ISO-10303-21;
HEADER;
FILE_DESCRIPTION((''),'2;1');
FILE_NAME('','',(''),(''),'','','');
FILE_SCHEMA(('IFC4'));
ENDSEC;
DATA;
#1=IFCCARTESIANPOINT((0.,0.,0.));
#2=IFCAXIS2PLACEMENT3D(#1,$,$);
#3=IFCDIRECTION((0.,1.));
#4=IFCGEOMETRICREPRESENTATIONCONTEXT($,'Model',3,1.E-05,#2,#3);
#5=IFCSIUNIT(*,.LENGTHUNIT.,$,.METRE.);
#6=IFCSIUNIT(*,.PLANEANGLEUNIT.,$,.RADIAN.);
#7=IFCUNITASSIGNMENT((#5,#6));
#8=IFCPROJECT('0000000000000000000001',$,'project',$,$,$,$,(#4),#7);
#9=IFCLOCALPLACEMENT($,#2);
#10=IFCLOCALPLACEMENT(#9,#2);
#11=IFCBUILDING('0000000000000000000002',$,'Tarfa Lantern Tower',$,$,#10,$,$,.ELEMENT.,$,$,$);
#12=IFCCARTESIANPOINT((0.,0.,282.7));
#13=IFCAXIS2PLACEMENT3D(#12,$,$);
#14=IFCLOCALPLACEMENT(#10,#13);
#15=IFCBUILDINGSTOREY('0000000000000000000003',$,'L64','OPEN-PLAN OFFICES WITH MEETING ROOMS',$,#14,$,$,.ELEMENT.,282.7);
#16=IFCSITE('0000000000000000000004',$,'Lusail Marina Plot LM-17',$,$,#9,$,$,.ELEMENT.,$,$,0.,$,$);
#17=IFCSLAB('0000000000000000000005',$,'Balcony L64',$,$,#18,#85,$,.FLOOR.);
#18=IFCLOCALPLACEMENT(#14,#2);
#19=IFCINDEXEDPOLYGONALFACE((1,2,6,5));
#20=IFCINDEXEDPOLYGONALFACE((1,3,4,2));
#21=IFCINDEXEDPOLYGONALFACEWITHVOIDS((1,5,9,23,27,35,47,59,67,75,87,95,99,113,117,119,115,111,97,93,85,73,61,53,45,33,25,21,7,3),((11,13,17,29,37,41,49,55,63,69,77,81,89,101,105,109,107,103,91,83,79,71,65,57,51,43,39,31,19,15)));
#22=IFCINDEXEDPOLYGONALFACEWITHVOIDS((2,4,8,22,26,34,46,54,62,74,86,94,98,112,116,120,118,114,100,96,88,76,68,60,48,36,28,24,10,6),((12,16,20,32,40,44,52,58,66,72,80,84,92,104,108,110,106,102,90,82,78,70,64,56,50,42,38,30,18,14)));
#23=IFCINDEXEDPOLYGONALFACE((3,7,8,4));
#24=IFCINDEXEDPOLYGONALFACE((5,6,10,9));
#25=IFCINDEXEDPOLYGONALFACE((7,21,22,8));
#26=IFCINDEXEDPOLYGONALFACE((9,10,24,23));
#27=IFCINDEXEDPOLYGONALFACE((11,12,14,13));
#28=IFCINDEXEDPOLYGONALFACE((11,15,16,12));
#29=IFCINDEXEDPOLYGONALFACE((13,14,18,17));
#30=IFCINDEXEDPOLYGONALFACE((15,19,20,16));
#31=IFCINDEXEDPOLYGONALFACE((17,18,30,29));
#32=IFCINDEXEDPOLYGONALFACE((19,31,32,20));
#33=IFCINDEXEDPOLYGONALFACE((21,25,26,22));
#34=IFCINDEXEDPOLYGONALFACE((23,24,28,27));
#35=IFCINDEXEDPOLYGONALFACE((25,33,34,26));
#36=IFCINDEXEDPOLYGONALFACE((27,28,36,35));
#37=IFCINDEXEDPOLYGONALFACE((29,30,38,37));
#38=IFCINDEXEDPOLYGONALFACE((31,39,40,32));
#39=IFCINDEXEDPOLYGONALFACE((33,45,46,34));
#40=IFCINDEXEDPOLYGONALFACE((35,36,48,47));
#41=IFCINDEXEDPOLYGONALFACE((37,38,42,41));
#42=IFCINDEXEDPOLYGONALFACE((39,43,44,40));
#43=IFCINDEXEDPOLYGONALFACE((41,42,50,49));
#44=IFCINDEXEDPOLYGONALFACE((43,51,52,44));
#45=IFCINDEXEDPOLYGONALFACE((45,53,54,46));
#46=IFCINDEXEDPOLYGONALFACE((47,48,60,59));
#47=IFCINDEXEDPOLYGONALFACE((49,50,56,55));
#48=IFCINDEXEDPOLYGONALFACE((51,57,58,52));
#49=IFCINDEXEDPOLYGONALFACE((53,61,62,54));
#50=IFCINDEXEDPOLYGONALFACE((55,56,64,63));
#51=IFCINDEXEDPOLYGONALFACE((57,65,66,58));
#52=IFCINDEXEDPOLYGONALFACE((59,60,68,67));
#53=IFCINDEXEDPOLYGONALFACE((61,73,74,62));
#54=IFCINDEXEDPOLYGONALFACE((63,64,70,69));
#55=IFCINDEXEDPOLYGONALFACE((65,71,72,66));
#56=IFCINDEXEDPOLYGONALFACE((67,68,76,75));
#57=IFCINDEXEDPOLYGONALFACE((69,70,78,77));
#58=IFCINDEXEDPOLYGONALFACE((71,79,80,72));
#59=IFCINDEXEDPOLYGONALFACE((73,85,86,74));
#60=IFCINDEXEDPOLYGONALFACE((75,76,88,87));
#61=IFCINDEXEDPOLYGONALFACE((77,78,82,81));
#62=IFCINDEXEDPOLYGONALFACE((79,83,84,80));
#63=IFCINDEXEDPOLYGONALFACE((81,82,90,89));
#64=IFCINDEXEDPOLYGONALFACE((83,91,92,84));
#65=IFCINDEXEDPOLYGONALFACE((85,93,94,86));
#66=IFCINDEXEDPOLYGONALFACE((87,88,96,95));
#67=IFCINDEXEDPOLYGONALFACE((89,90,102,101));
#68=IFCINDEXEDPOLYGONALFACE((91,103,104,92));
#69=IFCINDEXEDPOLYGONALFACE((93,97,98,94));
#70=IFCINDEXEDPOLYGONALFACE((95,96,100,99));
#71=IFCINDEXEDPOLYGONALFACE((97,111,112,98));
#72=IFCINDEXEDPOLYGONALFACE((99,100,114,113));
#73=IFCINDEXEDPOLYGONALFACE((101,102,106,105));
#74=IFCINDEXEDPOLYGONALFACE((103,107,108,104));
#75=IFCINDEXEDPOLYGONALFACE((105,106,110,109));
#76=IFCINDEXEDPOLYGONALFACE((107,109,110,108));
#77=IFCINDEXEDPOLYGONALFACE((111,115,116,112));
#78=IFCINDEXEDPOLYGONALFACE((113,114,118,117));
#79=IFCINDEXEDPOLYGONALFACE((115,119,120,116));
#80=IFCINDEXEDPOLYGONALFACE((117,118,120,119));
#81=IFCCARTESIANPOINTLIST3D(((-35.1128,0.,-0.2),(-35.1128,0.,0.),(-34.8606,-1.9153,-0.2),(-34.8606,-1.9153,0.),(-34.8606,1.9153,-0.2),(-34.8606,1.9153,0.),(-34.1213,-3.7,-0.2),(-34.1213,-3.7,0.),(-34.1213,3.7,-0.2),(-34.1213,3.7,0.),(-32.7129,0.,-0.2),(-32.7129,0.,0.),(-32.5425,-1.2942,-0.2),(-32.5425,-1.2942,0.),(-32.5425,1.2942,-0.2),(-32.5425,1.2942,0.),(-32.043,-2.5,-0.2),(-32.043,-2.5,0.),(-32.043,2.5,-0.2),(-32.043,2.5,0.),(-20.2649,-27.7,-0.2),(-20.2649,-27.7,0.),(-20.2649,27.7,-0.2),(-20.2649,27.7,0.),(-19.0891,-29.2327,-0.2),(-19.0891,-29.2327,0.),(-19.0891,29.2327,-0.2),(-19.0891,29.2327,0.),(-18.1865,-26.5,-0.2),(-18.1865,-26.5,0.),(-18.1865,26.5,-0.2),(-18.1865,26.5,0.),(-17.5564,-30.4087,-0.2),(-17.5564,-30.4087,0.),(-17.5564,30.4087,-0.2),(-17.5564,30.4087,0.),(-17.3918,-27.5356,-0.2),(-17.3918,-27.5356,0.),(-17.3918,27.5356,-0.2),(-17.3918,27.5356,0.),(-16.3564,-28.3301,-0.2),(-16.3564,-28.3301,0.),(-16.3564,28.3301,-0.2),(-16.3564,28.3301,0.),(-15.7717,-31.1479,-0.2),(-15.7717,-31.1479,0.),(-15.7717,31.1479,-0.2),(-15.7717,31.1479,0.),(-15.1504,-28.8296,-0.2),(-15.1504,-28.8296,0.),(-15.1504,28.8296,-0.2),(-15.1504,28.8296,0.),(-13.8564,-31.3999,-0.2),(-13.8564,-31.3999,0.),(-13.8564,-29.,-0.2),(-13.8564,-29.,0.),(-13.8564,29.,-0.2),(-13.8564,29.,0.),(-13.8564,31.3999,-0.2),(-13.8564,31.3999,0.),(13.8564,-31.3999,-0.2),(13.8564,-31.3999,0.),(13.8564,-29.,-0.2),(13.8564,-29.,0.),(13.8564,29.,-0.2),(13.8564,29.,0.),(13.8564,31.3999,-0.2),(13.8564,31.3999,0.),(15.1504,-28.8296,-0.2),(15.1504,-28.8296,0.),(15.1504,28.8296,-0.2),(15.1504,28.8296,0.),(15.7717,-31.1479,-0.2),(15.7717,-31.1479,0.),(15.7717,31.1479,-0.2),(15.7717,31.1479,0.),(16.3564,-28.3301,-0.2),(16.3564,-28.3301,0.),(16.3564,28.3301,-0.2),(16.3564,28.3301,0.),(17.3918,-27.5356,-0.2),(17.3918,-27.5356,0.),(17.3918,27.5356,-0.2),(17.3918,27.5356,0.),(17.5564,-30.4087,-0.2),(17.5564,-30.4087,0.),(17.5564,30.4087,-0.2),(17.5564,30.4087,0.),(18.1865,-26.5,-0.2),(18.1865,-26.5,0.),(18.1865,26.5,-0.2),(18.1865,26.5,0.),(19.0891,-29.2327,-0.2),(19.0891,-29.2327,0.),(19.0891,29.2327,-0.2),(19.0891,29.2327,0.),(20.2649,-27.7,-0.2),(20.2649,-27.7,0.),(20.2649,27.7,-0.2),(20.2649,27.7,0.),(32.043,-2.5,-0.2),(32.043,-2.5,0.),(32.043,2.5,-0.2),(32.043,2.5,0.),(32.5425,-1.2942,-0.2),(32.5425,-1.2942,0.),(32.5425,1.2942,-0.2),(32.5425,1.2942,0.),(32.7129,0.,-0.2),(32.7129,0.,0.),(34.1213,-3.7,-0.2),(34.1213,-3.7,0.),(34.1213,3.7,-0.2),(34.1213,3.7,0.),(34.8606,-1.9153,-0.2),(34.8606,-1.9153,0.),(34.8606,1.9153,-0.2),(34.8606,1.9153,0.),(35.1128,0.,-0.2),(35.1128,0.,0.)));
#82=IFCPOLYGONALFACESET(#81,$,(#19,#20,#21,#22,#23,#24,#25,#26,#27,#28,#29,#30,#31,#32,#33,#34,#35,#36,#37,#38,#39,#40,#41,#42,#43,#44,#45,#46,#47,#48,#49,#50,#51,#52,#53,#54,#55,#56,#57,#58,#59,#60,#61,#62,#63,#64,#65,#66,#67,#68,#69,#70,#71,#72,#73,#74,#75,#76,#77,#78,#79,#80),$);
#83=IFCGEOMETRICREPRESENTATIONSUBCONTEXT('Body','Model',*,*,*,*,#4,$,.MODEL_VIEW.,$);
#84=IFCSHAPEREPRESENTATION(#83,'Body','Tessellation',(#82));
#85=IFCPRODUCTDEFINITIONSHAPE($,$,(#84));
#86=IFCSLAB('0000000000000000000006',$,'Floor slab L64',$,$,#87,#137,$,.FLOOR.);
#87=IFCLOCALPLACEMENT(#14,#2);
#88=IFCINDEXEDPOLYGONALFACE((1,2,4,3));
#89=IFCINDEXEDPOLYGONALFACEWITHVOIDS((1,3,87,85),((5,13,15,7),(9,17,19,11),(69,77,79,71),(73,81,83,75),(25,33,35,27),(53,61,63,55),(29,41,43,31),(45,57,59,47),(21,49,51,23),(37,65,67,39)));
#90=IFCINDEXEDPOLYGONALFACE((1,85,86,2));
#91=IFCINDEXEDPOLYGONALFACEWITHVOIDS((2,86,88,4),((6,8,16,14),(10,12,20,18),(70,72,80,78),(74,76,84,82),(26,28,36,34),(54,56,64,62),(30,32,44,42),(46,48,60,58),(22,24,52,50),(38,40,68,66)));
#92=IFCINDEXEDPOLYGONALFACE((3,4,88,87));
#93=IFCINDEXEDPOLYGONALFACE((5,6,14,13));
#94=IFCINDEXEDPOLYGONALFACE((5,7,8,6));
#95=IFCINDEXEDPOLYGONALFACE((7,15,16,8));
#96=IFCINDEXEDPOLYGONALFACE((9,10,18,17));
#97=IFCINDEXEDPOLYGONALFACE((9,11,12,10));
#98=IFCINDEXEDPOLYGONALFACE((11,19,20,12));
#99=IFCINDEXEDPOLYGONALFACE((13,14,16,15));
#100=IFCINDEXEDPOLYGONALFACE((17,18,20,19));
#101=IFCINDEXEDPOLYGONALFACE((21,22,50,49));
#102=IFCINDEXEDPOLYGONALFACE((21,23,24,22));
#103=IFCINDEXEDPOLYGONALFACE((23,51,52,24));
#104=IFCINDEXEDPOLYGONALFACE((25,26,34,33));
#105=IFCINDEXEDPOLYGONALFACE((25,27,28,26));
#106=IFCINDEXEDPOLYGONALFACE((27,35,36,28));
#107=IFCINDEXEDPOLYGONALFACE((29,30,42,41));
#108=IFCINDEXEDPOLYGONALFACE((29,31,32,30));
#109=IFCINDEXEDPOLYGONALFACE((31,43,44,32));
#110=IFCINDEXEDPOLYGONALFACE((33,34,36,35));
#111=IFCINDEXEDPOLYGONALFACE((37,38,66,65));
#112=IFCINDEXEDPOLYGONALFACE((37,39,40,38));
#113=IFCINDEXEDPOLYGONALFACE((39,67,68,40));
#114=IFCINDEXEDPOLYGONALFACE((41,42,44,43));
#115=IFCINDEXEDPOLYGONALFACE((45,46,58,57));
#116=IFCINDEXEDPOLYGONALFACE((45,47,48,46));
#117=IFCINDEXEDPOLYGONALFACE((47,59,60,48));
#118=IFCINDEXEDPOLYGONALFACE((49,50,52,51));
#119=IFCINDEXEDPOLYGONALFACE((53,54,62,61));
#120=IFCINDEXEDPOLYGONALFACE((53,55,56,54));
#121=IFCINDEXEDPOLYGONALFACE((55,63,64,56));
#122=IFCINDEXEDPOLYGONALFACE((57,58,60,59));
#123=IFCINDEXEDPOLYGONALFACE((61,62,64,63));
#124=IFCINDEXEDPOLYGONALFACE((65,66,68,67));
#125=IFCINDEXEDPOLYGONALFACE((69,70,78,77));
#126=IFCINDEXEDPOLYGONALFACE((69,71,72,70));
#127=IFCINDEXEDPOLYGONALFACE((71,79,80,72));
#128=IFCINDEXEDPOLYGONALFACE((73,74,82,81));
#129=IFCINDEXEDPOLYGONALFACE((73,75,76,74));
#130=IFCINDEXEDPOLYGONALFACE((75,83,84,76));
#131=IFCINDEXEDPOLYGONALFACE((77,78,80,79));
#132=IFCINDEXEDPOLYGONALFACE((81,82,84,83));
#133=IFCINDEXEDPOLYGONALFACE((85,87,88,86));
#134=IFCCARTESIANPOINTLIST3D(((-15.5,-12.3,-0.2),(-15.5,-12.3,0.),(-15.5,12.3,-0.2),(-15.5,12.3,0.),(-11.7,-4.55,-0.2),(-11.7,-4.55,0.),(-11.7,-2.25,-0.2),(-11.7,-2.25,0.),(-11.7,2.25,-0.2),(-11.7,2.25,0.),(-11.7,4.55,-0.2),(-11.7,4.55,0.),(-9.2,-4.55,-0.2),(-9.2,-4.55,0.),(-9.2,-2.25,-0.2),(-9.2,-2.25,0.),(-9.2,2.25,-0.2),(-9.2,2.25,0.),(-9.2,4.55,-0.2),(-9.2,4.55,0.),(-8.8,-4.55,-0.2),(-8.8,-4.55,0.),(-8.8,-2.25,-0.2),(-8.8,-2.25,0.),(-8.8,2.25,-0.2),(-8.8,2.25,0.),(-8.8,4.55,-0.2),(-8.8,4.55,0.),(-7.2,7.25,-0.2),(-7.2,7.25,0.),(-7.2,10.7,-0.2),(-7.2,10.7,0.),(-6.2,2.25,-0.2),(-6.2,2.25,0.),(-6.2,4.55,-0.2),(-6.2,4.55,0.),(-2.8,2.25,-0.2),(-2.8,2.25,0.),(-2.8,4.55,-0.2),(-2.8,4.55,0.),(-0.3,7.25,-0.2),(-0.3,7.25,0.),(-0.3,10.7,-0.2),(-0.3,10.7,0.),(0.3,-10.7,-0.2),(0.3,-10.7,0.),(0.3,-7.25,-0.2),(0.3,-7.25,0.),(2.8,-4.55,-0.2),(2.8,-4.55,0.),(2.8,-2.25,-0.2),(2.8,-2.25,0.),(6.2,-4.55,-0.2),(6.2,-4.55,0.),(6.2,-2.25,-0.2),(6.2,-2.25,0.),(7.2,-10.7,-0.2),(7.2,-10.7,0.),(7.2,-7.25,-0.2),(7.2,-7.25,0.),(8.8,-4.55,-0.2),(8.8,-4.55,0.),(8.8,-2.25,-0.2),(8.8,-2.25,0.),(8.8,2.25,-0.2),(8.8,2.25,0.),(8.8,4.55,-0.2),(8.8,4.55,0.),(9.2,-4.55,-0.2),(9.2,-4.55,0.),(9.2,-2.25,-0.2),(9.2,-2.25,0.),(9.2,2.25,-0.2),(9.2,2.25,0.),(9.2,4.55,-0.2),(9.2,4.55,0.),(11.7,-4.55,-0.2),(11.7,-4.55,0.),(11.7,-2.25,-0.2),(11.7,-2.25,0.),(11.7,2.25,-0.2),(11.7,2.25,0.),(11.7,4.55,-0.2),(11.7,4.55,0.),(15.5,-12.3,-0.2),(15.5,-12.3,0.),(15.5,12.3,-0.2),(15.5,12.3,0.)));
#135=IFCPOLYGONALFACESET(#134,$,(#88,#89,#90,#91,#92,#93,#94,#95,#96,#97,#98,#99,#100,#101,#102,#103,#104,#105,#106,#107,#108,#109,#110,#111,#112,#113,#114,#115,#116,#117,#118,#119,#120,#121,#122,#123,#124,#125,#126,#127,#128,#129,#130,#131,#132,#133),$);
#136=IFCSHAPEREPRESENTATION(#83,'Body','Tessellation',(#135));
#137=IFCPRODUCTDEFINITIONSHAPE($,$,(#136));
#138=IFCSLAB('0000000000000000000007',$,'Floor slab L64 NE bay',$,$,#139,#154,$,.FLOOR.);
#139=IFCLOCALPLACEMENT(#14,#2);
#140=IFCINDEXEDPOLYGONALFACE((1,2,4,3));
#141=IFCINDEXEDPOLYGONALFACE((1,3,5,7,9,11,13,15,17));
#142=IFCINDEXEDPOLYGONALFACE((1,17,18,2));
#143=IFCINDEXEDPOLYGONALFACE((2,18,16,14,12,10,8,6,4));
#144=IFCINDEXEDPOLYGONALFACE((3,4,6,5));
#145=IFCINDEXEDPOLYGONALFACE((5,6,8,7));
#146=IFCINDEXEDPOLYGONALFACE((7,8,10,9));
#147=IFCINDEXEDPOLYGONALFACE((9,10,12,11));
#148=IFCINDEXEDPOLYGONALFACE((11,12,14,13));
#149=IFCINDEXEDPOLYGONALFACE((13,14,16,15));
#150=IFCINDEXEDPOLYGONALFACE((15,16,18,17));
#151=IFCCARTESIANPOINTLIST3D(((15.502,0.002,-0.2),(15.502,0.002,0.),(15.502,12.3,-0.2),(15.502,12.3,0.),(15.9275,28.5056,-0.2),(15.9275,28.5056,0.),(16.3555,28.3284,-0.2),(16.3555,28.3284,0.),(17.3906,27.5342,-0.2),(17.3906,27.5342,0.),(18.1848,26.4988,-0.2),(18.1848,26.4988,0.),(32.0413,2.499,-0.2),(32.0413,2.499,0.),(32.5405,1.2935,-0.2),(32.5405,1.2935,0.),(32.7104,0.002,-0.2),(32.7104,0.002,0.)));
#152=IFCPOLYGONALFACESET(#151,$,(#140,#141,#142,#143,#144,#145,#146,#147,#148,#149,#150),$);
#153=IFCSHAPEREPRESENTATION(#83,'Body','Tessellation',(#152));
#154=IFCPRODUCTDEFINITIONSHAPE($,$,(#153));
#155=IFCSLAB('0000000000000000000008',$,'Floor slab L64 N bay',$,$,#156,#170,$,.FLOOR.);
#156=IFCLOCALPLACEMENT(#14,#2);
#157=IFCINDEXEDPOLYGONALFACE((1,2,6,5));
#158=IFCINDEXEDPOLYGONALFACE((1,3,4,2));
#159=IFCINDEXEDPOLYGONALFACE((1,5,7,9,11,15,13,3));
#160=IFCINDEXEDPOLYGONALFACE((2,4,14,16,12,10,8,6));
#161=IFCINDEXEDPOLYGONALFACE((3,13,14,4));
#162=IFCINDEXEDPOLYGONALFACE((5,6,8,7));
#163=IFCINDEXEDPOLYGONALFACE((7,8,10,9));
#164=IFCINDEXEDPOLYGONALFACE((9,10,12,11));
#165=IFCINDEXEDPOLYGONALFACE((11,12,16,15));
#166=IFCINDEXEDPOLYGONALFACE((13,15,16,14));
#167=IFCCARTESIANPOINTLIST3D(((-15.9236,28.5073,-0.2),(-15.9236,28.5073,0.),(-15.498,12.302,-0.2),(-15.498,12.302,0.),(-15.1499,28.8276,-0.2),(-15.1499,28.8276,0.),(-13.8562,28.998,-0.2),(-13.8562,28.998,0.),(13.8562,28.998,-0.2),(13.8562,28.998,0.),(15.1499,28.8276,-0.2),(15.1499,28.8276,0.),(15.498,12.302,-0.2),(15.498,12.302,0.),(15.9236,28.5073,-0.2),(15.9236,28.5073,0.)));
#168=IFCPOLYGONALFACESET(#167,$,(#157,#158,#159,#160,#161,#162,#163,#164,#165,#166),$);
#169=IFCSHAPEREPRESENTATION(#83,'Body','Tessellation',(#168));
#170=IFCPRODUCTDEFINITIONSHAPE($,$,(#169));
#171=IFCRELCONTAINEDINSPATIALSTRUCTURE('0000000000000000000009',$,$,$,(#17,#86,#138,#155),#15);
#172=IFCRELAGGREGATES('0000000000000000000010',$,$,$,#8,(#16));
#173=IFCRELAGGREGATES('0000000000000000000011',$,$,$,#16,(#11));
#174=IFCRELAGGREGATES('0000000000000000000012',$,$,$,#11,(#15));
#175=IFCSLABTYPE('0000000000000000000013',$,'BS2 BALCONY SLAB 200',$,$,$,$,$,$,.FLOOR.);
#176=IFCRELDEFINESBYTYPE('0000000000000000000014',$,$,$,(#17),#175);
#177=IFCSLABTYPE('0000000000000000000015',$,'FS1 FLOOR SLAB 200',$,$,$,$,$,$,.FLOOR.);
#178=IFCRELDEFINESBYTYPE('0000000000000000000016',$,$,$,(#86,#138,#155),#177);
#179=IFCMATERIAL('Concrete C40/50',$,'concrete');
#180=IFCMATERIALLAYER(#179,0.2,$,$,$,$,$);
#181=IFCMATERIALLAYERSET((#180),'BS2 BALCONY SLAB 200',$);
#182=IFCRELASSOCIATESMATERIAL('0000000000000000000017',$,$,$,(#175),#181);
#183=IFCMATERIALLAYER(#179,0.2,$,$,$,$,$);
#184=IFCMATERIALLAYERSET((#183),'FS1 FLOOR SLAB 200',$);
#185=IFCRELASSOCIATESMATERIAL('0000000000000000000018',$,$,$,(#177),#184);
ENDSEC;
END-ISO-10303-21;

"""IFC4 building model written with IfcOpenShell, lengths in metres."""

from ifc_helpers import new_model, si_unit, direction, frame, origin, place, context, subcontext, project, spatial, polyline, outline, extrude, material, layer, layer_set, type_object, element, save


model = new_model("IFC4")

# Units and contexts
model_context = context("Model", 3, precision=1e-05, world=origin(), true_north=direction((0.0, 1.0)))
body_context = subcontext(model_context, "Body", "Model", "MODEL_VIEW")
ifc_project = project(units=[si_unit("LENGTHUNIT", "METRE"), si_unit("PLANEANGLEUNIT", "RADIAN")], contexts=[model_context])

# Site, building, storey
site_placement = place(None, origin())
site = spatial("IfcSite", under=ifc_project, at=site_placement, Name="Lusail Marina Plot LM-17", CompositionType="ELEMENT", RefElevation=0.0)
building_placement = place(site_placement, origin())
building = spatial("IfcBuilding", under=site, at=building_placement, Name="Tarfa Lantern Tower", CompositionType="ELEMENT")
storey_placement = place(building_placement, frame((0.0, 0.0, 282.7)))
storey = spatial("IfcBuildingStorey", under=building, at=storey_placement, Name="L64", Description="OPEN-PLAN OFFICES WITH MEETING ROOMS", CompositionType="ELEMENT", Elevation=282.7)

# Slabs
ifc_material_1 = material(Name="Concrete C40/50", Category="concrete")
ifc_layer_1 = layer(ifc_material_1, 0.2)
ifc_layer_set_1 = layer_set([ifc_layer_1], Name="BS2 BALCONY SLAB 200")
slab_type_1 = type_object("IfcSlabType", Name="BS2 BALCONY SLAB 200", PredefinedType="FLOOR", material=ifc_layer_set_1)
slab_1_placement = place(storey_placement, frame((0.0, 0.0, -0.2)))
element("IfcSlab", 1, at=slab_1_placement, inside=storey, type_object=slab_type_1, Name="Balcony L64", PredefinedType="FLOOR", context=body_context, shape_type="SweptSolid", body=[
    extrude(outline(polyline([(34.1213, 3.7), (20.2649, 27.7), (19.0891, 29.2327), (17.5564, 30.4087), (15.7717, 31.1479), (13.8564, 31.3999), (-13.8564, 31.3999), (-15.7717, 31.1479), (-17.5564, 30.4087), (-19.0891, 29.2327), (-20.2649, 27.7), (-34.1213, 3.7), (-34.8606, 1.9153), (-35.1128, 0.0), (-34.8606, -1.9153), (-34.1213, -3.7), (-20.2649, -27.7), (-19.0891, -29.2327), (-17.5564, -30.4087), (-15.7717, -31.1479), (-13.8564, -31.3999), (13.8564, -31.3999), (15.7717, -31.1479), (17.5564, -30.4087), (19.0891, -29.2327), (20.2649, -27.7), (34.1213, -3.7), (34.8606, -1.9153), (35.1128, 0.0), (34.8606, 1.9153), (34.1213, 3.7)]), holes=[polyline([(32.043, 2.5), (18.1865, 26.5), (17.3918, 27.5356), (16.3564, 28.3301), (15.1504, 28.8296), (13.8564, 29.0), (-13.8564, 29.0), (-15.1504, 28.8296), (-16.3564, 28.3301), (-17.3918, 27.5356), (-18.1865, 26.5), (-32.043, 2.5), (-32.5425, 1.2942), (-32.7129, 0.0), (-32.5425, -1.2942), (-32.043, -2.5), (-18.1865, -26.5), (-17.3918, -27.5356), (-16.3564, -28.3301), (-15.1504, -28.8296), (-13.8564, -29.0), (13.8564, -29.0), (15.1504, -28.8296), (16.3564, -28.3301), (17.3918, -27.5356), (18.1865, -26.5), (32.043, -2.5), (32.5425, -1.2942), (32.7129, 0.0), (32.5425, 1.2942), (32.043, 2.5)])]), origin(), (0.0, 0.0, 1.0), 0.2),
])
ifc_layer_2 = layer(ifc_material_1, 0.2)
ifc_layer_set_2 = layer_set([ifc_layer_2], Name="FS1 FLOOR SLAB 200")
slab_type_2 = type_object("IfcSlabType", Name="FS1 FLOOR SLAB 200", PredefinedType="FLOOR", material=ifc_layer_set_2)
slab_2_placement = place(storey_placement, frame((0.0, 0.0, -0.2)))
element("IfcSlab", 2, at=slab_2_placement, inside=storey, type_object=slab_type_2, Name="Floor slab L64", PredefinedType="FLOOR", context=body_context, shape_type="SweptSolid", body=[
    extrude(outline(polyline([(-15.5, -12.3), (15.5, -12.3), (15.5, 12.3), (-15.5, 12.3), (-15.5, -12.3)]), holes=[polyline([(-11.7, 2.25), (-9.2, 2.25), (-9.2, 4.55), (-11.7, 4.55), (-11.7, 2.25)]), polyline([(-8.8, 2.25), (-6.2, 2.25), (-6.2, 4.55), (-8.8, 4.55), (-8.8, 2.25)]), polyline([(-2.8, 2.25), (8.8, 2.25), (8.8, 4.55), (-2.8, 4.55), (-2.8, 2.25)]), polyline([(9.2, 2.25), (11.7, 2.25), (11.7, 4.55), (9.2, 4.55), (9.2, 2.25)]), polyline([(11.7, -2.25), (9.2, -2.25), (9.2, -4.55), (11.7, -4.55), (11.7, -2.25)]), polyline([(8.8, -2.25), (6.2, -2.25), (6.2, -4.55), (8.8, -4.55), (8.8, -2.25)]), polyline([(2.8, -2.25), (-8.8, -2.25), (-8.8, -4.55), (2.8, -4.55), (2.8, -2.25)]), polyline([(-9.2, -2.25), (-11.7, -2.25), (-11.7, -4.55), (-9.2, -4.55), (-9.2, -2.25)]), polyline([(-7.2, 7.25), (-0.3, 7.25), (-0.3, 10.7), (-7.2, 10.7), (-7.2, 7.25)]), polyline([(7.2, -7.25), (0.3, -7.25), (0.3, -10.7), (7.2, -10.7), (7.2, -7.25)])]), origin(), (0.0, 0.0, 1.0), 0.2),
])
slab_3_placement = place(storey_placement, frame((0.0, 0.0, -0.2)))
element("IfcSlab", 3, at=slab_3_placement, inside=storey, type_object=slab_type_2, Name="Floor slab L64 NE bay", PredefinedType="FLOOR", context=body_context, shape_type="SweptSolid", body=[
    extrude(outline(polyline([(32.0413, 2.499), (18.1848, 26.4988), (17.3906, 27.5342), (16.3555, 28.3284), (15.9275, 28.5056), (15.502, 12.3), (15.502, 0.002), (32.7104, 0.002), (32.5405, 1.2935), (32.0413, 2.499)])), origin(), (0.0, 0.0, 1.0), 0.2),
])
slab_4_placement = place(storey_placement, frame((0.0, 0.0, -0.2)))
element("IfcSlab", 4, at=slab_4_placement, inside=storey, type_object=slab_type_2, Name="Floor slab L64 N bay", PredefinedType="FLOOR", context=body_context, shape_type="SweptSolid", body=[
    extrude(outline(polyline([(-15.498, 12.302), (15.498, 12.302), (15.9236, 28.5073), (15.1499, 28.8276), (13.8562, 28.998), (-13.8562, 28.998), (-15.1499, 28.8276), (-15.9236, 28.5073), (-15.498, 12.302)])), origin(), (0.0, 0.0, 1.0), 0.2),
])

save(model, "model.ifc")
